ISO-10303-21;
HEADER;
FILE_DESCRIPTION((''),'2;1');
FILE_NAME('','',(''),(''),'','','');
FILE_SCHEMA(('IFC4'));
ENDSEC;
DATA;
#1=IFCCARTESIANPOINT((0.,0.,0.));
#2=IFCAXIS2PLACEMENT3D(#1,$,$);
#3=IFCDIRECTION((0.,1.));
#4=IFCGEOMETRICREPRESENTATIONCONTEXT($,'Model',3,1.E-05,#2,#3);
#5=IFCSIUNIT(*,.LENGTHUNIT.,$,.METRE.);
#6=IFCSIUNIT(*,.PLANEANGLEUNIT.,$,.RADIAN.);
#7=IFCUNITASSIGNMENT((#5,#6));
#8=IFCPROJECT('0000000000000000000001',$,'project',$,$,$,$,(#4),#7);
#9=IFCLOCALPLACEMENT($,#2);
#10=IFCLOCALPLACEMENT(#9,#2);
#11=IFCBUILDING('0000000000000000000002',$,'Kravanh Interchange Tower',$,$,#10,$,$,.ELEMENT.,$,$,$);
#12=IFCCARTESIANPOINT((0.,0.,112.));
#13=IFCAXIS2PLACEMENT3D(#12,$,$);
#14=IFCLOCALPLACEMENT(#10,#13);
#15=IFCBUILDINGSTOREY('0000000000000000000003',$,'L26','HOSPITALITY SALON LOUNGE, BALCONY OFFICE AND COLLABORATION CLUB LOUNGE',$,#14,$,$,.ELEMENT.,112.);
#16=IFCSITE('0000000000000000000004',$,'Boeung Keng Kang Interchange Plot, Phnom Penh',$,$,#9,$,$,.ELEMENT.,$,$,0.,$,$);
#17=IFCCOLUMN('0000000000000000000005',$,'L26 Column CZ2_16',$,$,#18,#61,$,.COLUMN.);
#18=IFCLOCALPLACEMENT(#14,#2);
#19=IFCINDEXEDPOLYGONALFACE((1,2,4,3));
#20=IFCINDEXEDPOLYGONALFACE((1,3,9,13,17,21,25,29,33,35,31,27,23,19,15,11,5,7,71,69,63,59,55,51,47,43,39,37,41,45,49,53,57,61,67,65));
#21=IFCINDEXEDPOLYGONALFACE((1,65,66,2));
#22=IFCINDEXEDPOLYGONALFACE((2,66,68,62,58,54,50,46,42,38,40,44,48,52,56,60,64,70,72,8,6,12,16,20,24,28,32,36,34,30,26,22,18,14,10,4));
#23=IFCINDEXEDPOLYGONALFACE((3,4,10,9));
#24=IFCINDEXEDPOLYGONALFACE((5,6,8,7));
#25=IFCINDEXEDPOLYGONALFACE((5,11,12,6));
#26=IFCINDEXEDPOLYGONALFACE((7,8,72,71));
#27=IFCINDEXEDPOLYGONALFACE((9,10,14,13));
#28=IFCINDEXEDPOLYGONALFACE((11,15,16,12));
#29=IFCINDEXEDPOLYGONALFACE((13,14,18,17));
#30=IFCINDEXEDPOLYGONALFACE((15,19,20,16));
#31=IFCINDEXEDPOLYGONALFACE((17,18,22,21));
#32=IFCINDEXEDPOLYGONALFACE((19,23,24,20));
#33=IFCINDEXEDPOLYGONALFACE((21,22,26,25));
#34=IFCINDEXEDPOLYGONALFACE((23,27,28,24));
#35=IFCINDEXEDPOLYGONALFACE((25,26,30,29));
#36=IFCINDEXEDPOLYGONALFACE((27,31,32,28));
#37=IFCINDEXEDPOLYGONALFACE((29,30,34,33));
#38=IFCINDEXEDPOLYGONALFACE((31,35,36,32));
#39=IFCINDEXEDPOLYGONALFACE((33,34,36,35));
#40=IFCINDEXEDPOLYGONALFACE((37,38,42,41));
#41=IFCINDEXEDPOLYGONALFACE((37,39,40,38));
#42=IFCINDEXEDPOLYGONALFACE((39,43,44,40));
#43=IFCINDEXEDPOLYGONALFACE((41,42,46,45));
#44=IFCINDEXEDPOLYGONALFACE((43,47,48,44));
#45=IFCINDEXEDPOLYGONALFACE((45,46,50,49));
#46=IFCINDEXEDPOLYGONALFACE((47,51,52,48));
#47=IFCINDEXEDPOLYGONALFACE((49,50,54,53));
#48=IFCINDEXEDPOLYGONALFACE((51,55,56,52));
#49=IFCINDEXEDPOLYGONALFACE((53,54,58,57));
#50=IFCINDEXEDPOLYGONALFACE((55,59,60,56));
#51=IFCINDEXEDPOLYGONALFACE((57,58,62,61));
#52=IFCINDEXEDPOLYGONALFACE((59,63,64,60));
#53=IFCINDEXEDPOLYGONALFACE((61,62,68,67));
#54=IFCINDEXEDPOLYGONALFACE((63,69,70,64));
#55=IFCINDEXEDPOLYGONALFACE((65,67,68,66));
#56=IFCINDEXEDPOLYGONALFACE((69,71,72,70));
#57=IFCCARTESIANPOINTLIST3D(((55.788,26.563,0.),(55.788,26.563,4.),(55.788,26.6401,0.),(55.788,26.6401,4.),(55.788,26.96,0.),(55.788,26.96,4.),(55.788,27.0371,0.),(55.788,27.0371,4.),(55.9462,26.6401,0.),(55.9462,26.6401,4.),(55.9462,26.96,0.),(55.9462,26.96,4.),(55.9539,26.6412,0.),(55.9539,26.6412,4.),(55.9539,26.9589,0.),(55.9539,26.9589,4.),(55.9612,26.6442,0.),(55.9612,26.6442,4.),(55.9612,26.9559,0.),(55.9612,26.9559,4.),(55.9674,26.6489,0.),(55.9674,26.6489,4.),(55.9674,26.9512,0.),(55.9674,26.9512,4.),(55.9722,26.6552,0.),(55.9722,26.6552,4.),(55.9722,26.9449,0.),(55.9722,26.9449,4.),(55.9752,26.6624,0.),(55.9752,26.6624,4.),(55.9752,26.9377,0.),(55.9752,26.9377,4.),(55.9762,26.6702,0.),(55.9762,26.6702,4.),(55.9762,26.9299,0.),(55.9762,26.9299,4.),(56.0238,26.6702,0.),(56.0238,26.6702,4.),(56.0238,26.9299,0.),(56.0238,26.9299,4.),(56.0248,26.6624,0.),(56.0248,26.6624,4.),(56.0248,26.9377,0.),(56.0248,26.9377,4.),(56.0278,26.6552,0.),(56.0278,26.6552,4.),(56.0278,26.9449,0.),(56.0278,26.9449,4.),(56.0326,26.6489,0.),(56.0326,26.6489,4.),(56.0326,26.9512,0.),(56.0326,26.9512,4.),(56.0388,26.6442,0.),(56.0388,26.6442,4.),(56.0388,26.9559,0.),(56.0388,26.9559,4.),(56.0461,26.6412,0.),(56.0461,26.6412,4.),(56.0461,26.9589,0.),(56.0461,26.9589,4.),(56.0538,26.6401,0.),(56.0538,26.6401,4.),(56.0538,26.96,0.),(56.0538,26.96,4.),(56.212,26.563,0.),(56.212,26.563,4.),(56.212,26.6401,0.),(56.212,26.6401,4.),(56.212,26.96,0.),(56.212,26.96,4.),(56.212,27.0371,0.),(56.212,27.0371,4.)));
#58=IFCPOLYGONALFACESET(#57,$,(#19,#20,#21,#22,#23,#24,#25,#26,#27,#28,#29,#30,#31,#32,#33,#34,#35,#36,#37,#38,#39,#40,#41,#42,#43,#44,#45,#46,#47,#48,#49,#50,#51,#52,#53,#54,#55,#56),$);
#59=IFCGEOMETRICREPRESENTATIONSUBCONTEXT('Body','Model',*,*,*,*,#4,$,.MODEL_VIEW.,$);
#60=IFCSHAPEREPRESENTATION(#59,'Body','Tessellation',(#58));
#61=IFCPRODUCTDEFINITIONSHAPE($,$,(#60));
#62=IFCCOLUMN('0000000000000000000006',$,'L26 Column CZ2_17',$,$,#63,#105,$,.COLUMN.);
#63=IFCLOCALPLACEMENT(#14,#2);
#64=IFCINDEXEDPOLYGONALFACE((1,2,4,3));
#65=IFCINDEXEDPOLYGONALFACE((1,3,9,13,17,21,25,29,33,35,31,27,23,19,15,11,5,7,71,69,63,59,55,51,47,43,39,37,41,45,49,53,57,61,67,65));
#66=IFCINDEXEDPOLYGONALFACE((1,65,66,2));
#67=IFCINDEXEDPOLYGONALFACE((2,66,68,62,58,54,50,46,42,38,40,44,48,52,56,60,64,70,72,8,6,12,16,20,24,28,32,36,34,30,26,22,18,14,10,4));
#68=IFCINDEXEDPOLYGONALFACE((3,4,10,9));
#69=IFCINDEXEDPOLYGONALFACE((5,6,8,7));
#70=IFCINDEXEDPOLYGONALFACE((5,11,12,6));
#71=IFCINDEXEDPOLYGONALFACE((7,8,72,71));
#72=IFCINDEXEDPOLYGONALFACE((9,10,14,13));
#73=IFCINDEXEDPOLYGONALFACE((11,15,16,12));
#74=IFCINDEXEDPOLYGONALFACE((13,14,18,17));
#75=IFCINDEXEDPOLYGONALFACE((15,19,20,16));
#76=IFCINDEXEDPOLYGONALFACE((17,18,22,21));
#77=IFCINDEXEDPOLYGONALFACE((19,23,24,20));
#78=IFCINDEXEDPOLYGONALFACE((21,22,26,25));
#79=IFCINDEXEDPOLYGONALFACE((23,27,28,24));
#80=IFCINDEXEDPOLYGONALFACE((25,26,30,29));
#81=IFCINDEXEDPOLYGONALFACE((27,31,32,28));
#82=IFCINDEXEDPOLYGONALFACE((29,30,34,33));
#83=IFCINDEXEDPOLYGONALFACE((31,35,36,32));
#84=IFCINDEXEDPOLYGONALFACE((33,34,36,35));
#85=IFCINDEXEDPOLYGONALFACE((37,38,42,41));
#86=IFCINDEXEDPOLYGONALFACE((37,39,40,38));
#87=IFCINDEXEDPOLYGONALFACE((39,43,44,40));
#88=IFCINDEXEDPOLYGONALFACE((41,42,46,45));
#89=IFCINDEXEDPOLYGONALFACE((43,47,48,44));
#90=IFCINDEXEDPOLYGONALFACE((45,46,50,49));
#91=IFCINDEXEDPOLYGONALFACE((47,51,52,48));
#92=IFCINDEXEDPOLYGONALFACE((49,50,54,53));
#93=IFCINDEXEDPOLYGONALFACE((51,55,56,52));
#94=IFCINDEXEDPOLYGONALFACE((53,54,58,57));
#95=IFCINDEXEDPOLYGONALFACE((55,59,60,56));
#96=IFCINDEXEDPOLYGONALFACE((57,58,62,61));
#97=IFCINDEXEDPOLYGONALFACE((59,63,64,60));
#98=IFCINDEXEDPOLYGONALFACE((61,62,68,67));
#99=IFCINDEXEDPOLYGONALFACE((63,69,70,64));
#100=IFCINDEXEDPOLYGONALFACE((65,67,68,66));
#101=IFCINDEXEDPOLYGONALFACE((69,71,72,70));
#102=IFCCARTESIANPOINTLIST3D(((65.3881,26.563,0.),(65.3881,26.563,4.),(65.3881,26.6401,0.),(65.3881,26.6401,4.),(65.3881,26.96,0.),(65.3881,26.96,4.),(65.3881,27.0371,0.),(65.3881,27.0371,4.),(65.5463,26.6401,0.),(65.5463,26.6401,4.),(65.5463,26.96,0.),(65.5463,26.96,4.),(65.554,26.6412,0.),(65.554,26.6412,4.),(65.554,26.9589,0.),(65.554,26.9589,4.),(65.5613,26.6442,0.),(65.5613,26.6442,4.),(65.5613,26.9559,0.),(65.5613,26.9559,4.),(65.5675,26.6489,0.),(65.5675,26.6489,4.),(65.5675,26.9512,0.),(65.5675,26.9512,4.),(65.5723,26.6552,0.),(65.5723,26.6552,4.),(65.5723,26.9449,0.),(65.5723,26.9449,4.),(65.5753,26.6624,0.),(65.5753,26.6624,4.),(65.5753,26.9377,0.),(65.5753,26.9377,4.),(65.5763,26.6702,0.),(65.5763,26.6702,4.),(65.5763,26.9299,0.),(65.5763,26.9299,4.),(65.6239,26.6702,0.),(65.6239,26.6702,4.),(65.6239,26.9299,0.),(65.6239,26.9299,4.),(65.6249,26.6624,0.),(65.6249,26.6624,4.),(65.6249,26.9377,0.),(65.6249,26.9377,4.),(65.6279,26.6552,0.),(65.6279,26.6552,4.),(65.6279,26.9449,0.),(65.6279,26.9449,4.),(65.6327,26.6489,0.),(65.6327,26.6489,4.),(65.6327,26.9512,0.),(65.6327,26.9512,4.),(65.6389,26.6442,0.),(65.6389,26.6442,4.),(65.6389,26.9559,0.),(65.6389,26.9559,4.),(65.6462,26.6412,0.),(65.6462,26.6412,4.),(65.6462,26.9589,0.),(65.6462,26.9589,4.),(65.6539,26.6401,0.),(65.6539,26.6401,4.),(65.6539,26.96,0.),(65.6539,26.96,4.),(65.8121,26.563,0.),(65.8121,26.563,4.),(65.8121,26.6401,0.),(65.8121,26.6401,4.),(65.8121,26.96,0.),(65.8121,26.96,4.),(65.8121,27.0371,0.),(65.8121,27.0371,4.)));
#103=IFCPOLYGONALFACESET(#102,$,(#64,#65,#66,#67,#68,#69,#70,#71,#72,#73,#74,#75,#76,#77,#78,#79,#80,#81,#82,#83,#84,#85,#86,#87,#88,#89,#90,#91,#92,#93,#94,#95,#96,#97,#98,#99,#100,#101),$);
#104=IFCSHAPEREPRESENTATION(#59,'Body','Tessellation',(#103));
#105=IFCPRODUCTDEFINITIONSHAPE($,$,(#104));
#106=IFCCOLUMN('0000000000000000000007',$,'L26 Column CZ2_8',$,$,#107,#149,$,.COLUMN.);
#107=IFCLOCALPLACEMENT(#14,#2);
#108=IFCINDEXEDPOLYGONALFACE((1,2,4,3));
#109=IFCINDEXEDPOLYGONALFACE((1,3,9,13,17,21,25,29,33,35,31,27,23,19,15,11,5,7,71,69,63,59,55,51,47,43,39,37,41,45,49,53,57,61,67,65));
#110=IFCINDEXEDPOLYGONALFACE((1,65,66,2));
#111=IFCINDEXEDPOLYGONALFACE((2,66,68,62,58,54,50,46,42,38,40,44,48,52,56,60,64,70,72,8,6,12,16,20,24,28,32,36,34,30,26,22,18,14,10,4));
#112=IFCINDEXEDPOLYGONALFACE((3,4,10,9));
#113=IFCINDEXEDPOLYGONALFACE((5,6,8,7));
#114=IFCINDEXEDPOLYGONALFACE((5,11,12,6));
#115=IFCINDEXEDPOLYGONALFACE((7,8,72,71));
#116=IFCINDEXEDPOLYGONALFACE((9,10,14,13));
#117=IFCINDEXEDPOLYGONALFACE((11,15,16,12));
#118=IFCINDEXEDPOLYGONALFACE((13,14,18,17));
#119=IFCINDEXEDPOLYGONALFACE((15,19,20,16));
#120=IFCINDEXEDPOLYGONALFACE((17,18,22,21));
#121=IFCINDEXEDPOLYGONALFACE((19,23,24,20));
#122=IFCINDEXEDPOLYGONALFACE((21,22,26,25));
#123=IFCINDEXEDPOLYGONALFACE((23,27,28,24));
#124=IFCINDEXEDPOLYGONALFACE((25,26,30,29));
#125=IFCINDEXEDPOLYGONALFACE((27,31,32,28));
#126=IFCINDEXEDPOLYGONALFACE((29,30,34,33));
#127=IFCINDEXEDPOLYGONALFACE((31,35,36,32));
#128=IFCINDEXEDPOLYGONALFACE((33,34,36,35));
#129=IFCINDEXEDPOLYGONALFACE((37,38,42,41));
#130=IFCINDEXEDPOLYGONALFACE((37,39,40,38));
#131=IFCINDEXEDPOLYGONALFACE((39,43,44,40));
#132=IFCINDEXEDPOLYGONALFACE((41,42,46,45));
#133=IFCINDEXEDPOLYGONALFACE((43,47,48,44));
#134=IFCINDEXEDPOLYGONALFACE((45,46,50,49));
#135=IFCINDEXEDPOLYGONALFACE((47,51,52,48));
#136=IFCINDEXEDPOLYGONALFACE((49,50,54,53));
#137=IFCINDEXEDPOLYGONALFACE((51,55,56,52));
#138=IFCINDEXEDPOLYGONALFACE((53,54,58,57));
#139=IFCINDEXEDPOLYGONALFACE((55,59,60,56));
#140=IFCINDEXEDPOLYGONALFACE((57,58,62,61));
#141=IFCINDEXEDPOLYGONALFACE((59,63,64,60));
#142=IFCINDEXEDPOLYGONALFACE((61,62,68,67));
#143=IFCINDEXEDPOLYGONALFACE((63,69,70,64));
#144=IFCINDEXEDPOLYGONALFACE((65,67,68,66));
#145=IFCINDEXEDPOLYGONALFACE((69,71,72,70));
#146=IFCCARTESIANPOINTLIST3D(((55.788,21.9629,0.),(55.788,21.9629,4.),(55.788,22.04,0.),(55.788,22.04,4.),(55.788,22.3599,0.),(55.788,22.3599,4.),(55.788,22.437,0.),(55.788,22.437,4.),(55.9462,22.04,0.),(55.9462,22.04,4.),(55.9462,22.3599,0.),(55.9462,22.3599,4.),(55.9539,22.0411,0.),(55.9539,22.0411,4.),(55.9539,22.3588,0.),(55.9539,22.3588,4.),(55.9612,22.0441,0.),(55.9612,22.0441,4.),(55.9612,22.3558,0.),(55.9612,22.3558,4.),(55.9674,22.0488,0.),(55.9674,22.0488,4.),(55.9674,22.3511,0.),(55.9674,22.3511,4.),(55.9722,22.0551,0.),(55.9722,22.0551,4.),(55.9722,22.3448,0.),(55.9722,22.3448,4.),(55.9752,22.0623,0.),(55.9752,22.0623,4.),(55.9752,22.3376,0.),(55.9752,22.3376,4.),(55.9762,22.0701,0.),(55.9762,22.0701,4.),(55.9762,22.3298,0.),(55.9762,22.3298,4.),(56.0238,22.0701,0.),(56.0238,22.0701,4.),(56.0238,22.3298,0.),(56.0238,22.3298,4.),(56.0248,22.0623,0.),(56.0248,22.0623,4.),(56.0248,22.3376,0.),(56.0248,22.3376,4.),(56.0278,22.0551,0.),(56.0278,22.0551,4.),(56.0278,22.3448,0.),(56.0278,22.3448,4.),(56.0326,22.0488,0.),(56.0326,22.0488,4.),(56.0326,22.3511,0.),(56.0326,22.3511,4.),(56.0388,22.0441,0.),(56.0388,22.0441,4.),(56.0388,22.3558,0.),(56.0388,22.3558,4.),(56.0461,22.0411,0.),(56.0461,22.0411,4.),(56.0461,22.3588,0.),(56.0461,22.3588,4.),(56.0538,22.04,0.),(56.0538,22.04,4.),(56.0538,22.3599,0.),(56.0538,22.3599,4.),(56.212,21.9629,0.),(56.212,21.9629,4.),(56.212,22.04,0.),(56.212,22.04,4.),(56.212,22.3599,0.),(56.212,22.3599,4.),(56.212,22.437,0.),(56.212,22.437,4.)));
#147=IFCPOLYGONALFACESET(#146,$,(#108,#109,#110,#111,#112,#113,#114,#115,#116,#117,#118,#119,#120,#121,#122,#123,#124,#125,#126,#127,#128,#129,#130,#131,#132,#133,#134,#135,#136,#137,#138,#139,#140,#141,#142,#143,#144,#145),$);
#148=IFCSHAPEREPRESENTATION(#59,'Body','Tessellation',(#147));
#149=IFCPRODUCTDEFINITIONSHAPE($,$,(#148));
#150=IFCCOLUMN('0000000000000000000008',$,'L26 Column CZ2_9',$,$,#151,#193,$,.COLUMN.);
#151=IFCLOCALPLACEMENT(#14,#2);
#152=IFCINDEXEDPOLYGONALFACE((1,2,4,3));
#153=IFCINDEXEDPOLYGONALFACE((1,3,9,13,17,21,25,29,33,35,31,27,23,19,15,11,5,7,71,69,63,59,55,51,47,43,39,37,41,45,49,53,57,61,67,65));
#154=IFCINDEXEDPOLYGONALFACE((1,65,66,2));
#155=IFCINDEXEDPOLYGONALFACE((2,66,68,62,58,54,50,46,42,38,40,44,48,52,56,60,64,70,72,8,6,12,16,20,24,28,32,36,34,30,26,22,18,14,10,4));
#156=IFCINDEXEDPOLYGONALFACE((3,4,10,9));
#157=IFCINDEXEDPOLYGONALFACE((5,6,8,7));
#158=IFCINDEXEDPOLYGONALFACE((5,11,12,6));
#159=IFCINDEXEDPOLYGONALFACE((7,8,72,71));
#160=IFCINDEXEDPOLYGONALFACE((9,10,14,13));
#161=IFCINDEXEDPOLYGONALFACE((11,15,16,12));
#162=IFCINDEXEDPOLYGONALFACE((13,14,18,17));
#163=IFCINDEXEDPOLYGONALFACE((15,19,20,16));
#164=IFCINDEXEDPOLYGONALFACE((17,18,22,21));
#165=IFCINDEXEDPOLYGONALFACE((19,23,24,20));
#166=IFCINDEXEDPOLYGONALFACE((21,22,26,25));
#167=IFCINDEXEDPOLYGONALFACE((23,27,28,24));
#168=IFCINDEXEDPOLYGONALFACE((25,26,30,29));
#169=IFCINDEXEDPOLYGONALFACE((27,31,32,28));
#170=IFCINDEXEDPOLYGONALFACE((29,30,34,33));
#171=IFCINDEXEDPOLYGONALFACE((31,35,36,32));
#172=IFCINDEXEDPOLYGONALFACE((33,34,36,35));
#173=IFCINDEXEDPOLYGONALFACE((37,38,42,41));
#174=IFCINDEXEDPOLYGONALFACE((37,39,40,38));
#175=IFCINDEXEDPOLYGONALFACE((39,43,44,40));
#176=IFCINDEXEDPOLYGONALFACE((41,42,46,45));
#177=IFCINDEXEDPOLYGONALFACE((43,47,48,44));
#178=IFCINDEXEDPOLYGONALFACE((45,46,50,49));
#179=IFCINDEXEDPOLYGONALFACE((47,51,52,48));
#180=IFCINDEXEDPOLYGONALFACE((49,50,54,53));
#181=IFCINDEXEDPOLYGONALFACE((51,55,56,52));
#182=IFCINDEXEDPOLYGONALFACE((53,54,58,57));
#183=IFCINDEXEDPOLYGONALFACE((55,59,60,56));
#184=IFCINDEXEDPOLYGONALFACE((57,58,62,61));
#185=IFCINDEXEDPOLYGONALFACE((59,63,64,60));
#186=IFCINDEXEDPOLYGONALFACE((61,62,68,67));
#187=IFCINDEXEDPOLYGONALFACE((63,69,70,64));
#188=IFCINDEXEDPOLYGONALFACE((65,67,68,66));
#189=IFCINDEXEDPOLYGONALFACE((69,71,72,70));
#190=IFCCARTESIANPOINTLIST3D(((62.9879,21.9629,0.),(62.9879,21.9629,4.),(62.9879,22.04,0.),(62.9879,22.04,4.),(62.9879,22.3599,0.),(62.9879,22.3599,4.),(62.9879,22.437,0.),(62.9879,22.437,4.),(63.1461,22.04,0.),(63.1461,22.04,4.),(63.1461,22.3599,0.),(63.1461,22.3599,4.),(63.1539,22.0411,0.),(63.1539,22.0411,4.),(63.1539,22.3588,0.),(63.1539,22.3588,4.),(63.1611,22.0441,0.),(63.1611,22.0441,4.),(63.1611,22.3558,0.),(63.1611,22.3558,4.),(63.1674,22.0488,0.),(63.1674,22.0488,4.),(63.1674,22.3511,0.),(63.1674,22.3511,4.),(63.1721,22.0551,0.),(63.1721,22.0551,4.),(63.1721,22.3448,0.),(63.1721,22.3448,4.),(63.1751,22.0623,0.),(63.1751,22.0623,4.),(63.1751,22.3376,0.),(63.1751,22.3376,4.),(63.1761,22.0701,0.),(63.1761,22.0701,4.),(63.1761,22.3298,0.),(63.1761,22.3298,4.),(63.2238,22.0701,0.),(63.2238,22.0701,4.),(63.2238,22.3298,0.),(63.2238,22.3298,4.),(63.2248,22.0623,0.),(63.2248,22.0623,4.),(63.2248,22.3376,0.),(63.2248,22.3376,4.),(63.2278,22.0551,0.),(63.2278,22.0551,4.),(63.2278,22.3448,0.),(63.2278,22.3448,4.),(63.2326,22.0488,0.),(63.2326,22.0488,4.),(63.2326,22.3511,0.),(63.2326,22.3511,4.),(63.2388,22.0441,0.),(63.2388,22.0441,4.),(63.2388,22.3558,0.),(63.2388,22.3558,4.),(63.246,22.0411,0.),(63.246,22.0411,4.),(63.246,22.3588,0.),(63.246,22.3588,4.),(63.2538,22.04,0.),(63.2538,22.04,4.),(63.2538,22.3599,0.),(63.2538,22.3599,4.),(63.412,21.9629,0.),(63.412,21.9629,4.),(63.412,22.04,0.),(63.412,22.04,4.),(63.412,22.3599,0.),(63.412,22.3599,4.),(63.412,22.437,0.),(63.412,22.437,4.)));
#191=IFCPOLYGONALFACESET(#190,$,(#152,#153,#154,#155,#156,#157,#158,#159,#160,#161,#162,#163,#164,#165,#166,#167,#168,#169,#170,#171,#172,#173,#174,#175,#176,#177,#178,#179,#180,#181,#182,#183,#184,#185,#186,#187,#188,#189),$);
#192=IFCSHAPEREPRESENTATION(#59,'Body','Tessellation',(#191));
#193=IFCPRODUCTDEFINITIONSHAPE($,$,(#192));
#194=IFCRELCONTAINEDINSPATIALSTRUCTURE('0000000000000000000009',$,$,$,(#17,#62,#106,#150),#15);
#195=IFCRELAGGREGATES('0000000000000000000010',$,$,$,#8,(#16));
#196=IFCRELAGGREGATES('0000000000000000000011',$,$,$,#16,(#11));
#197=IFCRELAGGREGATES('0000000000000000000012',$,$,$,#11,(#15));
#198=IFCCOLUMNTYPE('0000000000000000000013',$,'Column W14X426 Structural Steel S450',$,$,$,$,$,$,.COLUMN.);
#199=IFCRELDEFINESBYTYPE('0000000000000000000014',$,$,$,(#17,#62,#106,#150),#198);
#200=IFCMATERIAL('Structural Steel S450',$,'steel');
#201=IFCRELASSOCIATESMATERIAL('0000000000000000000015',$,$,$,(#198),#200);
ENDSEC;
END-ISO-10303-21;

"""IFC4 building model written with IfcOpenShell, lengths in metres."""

from ifc_helpers import new_model, si_unit, direction, frame, origin, origin_2d, place, context, subcontext, project, spatial, i_section, extrude, material, material_profile, profile_set, type_object, element, save


model = new_model("IFC4")

# Units and contexts
model_context = context("Model", 3, precision=1e-05, world=origin(), true_north=direction((0.0, 1.0)))
body_context = subcontext(model_context, "Body", "Model", "MODEL_VIEW")
ifc_project = project(units=[si_unit("LENGTHUNIT", "METRE"), si_unit("PLANEANGLEUNIT", "RADIAN")], contexts=[model_context])

# Site, building, storey
site_placement = place(None, origin())
site = spatial("IfcSite", under=ifc_project, at=site_placement, Name="Boeung Keng Kang Interchange Plot, Phnom Penh", CompositionType="ELEMENT", RefElevation=0.0)
building_placement = place(site_placement, origin())
building = spatial("IfcBuilding", under=site, at=building_placement, Name="Kravanh Interchange Tower", CompositionType="ELEMENT")
storey_placement = place(building_placement, frame((0.0, 0.0, 112.0)))
storey = spatial("IfcBuildingStorey", under=building, at=storey_placement, Name="L26", Description="HOSPITALITY SALON LOUNGE, BALCONY OFFICE AND COLLABORATION CLUB LOUNGE", CompositionType="ELEMENT", Elevation=112.0)

# Columns
ifc_material_1 = material(Name="Structural Steel S450", Category="steel")
ifc_material_profile_1 = material_profile(ifc_material_1, i_section(OverallWidth=0.4241, OverallDepth=0.4741, WebThickness=0.0476, FlangeThickness=0.0771, FilletRadius=0.03, at=origin_2d()), Name="W14X426")
ifc_profile_set_1 = profile_set([ifc_material_profile_1], Name="Structural Steel S450")
column_type = type_object("IfcColumnType", Name="Column W14X426 Structural Steel S450", PredefinedType="COLUMN", material=ifc_profile_set_1)
for number, where, z_axis, x_axis, name in (
    (1, (56.0, 26.8, 0.0), (0.0, 0.0, 1.0), (1.0, 0.0, 0.0), "L26 Column CZ2_16"),
    (2, (65.6001, 26.8, 0.0), (0.0, 0.0, 1.0), (1.0, 0.0, 0.0), "L26 Column CZ2_17"),
    (3, (56.0, 22.2, 0.0), (0.0, 0.0, 1.0), (1.0, 0.0, 0.0), "L26 Column CZ2_8"),
    (4, (63.2, 22.2, 0.0), (0.0, 0.0, 1.0), (1.0, 0.0, 0.0), "L26 Column CZ2_9"),
):
    element("IfcColumn", number, at=place(storey_placement, frame(where, z_axis=z_axis, x_axis=x_axis)), inside=storey, type_object=column_type, Name=name, PredefinedType="COLUMN", context=body_context, shape_type="SweptSolid", body=[
        extrude(i_section(OverallWidth=0.4241, OverallDepth=0.4741, WebThickness=0.0476, FlangeThickness=0.0771, FilletRadius=0.03, at=origin_2d()), origin(), (0.0, 0.0, 1.0), 4.0),
    ])

save(model, "model.ifc")
